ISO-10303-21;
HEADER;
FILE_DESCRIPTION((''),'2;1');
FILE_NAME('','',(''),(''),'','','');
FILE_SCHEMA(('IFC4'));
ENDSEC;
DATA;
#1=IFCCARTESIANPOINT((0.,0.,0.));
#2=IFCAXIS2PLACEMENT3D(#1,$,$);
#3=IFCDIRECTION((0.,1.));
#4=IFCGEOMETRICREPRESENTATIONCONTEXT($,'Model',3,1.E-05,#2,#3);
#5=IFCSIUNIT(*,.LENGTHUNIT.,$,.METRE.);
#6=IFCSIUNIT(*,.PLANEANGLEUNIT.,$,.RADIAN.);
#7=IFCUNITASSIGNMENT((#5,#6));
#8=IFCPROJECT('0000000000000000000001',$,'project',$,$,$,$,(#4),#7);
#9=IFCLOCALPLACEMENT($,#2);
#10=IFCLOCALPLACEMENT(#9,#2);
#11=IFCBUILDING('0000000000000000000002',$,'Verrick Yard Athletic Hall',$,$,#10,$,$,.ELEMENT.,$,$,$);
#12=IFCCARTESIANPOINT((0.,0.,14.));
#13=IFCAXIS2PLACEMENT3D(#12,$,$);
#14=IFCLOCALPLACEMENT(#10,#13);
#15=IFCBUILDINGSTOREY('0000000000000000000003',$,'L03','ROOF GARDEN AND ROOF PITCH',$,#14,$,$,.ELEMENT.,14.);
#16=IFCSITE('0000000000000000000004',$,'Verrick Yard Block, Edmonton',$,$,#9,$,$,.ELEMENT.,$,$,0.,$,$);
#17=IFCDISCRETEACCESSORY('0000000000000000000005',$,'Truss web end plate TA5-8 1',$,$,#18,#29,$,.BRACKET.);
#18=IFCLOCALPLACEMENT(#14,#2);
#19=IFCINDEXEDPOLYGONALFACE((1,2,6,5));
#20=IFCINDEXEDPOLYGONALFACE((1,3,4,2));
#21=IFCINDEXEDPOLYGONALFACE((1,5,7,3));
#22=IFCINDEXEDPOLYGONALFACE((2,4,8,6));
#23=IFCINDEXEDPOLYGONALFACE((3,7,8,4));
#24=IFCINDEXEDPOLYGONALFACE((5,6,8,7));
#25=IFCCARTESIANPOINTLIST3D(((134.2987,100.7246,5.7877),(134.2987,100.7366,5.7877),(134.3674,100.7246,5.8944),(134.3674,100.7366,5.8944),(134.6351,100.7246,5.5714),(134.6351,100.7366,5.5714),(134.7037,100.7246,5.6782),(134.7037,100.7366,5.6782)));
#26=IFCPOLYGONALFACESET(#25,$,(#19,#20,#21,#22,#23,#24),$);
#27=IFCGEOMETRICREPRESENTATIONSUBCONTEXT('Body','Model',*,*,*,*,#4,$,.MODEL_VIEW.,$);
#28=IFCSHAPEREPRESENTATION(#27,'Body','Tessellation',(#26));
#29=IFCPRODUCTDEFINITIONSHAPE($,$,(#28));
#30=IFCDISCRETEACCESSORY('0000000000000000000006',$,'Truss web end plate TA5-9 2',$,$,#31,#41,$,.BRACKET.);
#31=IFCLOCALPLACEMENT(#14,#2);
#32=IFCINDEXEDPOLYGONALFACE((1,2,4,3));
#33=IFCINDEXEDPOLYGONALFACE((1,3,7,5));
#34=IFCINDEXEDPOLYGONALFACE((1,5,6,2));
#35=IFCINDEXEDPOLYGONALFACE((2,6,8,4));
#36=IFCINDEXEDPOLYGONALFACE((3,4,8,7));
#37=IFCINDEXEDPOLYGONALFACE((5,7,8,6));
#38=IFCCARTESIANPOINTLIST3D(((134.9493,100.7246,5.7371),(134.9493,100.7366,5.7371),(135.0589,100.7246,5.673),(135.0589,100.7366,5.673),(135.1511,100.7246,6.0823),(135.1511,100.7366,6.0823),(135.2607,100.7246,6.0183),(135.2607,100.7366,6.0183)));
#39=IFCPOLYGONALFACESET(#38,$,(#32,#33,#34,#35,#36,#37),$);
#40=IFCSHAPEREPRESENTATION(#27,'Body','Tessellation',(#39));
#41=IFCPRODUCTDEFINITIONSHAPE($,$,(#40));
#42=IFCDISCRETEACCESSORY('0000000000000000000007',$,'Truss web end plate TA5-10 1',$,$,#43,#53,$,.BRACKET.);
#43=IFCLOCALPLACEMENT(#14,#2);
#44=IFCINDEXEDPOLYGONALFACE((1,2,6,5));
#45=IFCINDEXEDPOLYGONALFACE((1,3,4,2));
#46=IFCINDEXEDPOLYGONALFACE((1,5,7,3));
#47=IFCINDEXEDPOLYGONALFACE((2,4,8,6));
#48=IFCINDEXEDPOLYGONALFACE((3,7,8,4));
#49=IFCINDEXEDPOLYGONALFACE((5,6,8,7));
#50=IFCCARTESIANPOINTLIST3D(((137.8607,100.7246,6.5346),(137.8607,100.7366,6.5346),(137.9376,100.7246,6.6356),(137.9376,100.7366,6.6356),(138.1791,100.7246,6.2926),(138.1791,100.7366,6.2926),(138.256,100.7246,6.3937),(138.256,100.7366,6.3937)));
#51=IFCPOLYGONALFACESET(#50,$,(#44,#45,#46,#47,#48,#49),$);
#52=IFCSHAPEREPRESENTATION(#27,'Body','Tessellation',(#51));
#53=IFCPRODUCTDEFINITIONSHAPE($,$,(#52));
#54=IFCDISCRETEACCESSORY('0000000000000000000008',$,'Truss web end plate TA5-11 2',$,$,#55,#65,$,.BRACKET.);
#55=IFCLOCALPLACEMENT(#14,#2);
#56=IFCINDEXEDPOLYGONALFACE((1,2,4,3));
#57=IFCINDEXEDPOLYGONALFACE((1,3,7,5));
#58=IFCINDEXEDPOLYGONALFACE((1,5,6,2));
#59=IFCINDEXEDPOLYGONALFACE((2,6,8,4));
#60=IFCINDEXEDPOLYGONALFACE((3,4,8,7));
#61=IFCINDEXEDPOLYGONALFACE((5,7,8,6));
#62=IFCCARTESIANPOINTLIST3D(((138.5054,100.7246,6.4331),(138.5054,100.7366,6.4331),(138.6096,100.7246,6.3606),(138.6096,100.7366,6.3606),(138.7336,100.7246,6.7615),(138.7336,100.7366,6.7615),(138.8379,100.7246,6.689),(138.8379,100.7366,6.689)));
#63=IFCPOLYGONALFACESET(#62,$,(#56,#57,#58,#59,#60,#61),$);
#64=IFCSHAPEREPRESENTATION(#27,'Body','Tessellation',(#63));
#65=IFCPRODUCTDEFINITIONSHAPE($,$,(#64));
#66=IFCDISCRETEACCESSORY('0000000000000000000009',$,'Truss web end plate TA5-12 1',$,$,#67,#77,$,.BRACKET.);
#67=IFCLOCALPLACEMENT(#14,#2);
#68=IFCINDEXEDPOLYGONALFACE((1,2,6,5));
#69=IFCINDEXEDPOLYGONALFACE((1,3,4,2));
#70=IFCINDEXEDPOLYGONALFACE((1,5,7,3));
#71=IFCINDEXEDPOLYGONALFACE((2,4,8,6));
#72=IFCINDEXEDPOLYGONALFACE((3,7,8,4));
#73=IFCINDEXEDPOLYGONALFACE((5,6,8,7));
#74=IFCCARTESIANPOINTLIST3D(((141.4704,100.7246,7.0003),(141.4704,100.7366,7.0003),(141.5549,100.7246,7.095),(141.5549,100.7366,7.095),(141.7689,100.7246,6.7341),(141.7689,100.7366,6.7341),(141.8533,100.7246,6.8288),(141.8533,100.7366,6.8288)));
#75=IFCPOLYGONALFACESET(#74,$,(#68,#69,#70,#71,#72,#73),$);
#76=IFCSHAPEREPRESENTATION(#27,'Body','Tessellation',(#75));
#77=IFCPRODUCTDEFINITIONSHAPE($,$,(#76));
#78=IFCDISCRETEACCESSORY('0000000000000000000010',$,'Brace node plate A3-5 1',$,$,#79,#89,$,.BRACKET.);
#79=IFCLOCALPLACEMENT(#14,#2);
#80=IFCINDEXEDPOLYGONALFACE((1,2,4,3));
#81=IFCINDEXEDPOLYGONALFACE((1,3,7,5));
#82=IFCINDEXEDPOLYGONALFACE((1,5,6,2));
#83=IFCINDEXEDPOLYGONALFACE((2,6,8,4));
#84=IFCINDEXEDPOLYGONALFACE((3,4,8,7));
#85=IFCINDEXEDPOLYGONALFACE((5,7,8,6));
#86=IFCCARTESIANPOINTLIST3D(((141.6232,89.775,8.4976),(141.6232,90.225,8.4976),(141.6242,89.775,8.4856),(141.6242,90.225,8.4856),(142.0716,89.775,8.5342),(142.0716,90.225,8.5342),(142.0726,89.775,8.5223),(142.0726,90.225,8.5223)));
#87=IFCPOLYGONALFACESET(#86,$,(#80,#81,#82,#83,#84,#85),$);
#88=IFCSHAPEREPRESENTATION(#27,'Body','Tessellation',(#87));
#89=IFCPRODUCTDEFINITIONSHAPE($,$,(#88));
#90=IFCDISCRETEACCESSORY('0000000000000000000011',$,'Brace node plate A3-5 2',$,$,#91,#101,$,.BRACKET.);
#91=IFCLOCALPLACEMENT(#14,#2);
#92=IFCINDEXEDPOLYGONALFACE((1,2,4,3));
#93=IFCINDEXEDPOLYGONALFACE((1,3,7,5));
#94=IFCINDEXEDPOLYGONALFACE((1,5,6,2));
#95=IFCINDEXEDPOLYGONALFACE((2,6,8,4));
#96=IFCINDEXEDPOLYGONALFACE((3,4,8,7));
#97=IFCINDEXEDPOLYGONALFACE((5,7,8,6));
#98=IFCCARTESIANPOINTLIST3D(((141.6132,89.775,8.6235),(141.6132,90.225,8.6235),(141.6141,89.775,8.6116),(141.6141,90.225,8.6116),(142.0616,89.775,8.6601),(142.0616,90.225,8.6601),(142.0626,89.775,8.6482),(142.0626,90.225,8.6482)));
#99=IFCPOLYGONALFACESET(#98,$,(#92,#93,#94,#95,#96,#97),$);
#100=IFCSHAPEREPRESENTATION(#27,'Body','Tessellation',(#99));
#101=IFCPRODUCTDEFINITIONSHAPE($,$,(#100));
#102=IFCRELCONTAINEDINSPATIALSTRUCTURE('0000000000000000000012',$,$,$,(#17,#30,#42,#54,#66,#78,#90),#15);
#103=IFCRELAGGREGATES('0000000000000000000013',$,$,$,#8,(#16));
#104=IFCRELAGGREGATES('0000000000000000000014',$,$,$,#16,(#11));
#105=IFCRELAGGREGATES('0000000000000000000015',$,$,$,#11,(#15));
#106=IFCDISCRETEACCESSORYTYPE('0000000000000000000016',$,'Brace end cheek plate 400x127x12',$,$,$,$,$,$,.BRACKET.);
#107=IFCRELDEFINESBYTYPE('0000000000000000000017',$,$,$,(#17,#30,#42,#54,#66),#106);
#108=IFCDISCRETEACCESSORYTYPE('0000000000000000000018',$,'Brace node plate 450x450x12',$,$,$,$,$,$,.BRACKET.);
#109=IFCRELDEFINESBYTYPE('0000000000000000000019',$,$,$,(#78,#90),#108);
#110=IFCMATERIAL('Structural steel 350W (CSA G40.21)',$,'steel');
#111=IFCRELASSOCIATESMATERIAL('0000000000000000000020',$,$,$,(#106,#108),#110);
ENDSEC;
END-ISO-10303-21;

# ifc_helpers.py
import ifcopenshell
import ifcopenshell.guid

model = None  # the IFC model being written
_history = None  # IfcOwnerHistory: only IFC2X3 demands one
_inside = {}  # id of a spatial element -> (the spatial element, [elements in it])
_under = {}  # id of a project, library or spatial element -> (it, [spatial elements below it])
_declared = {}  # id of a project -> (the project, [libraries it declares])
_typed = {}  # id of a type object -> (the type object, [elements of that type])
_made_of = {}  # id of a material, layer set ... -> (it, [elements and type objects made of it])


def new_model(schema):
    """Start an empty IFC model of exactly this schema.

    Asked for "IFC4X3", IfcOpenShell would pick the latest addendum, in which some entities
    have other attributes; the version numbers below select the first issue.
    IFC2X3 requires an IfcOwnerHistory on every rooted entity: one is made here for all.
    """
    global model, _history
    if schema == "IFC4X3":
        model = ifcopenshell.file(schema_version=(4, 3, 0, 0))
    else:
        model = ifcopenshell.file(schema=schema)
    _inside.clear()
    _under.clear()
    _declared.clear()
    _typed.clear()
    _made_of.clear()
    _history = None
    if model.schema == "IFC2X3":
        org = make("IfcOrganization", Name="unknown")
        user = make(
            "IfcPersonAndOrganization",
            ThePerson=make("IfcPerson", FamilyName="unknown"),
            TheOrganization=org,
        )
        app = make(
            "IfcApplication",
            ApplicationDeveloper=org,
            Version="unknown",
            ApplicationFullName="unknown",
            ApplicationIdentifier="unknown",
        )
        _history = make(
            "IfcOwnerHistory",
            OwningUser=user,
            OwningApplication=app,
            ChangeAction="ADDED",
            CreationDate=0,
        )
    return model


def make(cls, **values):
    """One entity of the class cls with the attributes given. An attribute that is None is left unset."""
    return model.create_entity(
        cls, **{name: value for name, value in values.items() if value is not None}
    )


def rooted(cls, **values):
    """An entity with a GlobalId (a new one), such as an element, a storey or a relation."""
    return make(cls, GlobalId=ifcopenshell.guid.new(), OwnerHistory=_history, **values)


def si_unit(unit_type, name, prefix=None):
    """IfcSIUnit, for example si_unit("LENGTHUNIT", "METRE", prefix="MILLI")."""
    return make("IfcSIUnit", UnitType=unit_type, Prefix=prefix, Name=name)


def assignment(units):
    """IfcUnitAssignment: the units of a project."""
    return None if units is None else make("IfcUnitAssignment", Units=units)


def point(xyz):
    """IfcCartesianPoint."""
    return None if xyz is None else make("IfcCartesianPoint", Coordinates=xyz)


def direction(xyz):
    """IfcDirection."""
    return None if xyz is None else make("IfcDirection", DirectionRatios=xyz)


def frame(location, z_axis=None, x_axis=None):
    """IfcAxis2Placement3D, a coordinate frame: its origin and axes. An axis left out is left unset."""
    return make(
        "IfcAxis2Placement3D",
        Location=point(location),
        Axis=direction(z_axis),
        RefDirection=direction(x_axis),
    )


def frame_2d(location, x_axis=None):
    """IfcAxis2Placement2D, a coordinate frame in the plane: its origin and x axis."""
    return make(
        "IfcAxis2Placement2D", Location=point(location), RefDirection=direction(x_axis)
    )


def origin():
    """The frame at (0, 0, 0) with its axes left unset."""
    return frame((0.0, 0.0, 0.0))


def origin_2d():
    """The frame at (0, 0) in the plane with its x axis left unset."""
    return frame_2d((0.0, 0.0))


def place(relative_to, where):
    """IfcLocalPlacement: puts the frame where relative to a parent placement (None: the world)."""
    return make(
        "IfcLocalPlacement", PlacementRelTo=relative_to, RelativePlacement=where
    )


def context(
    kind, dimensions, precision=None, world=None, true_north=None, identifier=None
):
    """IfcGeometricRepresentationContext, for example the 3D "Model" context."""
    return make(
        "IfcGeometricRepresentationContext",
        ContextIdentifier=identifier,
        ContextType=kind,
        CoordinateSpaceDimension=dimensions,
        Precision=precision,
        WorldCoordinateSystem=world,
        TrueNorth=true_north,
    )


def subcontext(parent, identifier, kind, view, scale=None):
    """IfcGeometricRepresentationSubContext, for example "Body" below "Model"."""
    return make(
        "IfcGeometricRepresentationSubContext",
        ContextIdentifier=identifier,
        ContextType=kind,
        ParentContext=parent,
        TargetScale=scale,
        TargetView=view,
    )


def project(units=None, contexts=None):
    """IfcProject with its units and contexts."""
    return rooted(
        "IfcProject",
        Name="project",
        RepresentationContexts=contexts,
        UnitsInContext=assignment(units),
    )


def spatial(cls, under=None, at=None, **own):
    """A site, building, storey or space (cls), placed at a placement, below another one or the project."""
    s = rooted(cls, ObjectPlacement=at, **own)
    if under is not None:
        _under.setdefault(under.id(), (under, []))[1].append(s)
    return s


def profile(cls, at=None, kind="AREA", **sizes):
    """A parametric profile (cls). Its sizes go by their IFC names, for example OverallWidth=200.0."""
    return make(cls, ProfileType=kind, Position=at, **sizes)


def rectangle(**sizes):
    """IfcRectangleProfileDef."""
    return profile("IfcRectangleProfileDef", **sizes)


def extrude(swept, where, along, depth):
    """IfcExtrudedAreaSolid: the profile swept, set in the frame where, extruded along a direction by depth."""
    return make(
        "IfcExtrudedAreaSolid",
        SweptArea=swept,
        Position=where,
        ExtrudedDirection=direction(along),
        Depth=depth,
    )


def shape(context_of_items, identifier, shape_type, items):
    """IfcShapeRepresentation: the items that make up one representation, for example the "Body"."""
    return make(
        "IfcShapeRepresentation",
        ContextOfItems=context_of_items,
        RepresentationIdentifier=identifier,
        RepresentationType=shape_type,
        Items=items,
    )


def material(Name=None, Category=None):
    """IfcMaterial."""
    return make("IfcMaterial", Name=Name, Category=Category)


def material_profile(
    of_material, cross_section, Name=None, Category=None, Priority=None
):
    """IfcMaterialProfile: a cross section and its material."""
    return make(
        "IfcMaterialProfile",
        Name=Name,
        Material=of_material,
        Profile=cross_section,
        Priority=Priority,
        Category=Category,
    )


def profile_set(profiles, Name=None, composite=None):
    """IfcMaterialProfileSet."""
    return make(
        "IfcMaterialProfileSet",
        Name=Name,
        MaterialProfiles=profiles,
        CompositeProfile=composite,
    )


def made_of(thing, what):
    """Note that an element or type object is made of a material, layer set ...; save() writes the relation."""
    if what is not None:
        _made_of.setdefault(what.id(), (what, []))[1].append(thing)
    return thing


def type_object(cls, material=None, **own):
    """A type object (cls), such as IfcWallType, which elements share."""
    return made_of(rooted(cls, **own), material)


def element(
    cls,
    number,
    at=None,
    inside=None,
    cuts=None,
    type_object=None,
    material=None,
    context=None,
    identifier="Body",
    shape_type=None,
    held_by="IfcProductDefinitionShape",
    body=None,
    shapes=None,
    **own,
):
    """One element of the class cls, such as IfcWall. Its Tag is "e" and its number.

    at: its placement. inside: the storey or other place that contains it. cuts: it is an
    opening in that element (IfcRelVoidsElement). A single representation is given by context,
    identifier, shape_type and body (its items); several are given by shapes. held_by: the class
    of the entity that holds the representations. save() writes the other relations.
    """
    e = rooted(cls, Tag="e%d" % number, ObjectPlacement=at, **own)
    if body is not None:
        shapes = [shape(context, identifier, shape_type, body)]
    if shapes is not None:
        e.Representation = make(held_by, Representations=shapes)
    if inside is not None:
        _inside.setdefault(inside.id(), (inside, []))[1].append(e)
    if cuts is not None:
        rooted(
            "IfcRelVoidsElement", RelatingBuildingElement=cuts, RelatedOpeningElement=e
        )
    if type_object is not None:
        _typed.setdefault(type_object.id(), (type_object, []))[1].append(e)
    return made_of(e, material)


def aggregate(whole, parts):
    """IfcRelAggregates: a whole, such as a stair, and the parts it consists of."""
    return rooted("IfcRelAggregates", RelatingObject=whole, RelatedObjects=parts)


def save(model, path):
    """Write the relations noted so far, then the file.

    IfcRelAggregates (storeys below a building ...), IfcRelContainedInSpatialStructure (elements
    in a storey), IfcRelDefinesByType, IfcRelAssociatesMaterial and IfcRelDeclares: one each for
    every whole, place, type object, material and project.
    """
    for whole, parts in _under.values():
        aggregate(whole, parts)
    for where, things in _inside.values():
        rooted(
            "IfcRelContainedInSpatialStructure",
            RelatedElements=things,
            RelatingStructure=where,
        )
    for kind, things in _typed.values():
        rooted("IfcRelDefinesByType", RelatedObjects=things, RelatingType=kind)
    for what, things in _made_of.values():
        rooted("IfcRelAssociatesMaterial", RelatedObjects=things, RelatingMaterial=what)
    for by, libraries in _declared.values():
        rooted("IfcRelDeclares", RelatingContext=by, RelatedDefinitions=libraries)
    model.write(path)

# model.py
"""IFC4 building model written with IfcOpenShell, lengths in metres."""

from ifc_helpers import new_model, si_unit, direction, frame, origin, origin_2d, place, context, subcontext, project, spatial, rectangle, extrude, material, material_profile, profile_set, type_object, element, save


model = new_model("IFC4")

# Units and contexts
model_context = context("Model", 3, precision=1e-05, world=origin(), true_north=direction((0.0, 1.0)))
body_context = subcontext(model_context, "Body", "Model", "MODEL_VIEW")
ifc_project = project(units=[si_unit("LENGTHUNIT", "METRE"), si_unit("PLANEANGLEUNIT", "RADIAN")], contexts=[model_context])

# Site, building, storey
site_placement = place(None, origin())
site = spatial("IfcSite", under=ifc_project, at=site_placement, Name="Verrick Yard Block, Edmonton", CompositionType="ELEMENT", RefElevation=0.0)
building_placement = place(site_placement, origin())
building = spatial("IfcBuilding", under=site, at=building_placement, Name="Verrick Yard Athletic Hall", CompositionType="ELEMENT")
storey_placement = place(building_placement, frame((0.0, 0.0, 14.0)))
storey = spatial("IfcBuildingStorey", under=building, at=storey_placement, Name="L03", Description="ROOF GARDEN AND ROOF PITCH", CompositionType="ELEMENT", Elevation=14.0)

# Discrete accessories
ifc_material_1 = material(Name="Structural steel 350W (CSA G40.21)", Category="steel")
ifc_material_profile_1 = material_profile(ifc_material_1, rectangle(XDim=0.3999, YDim=0.127, at=origin_2d()), Name="Brace end cheek plate")
ifc_profile_set_1 = profile_set([ifc_material_profile_1], Name="Structural steel 350W (CSA G40.21)")
discrete_accessory_type_1 = type_object("IfcDiscreteAccessoryType", Name="Brace end cheek plate 400x127x12", PredefinedType="BRACKET", material=ifc_profile_set_1)
for number, where, z_axis, x_axis, name in (
    (1, (134.5012, 100.7366, 5.7329), (0.0, -1.0, 0.0), (-0.841141, 0.0, 0.540816), "Truss web end plate TA5-8 1"),
    (2, (135.105, 100.7366, 5.8777), (0.0, -1.0, 0.0), (0.504597, 0.0, 0.863355), "Truss web end plate TA5-9 2"),
    (3, (138.0583, 100.7366, 6.4641), (0.0, -1.0, 0.0), (-0.796193, 0.0, 0.605042), "Truss web end plate TA5-10 1"),
    (4, (138.6716, 100.7366, 6.561), (0.0, -1.0, 0.0), (0.570674, 0.0, 0.821176), "Truss web end plate TA5-11 2"),
    (5, (141.6619, 100.7366, 6.9146), (0.0, -1.0, 0.0), (-0.746352, 0.0, 0.665551), "Truss web end plate TA5-12 1"),
):
    element("IfcDiscreteAccessory", number, at=place(storey_placement, frame(where, z_axis=z_axis, x_axis=x_axis)), inside=storey, type_object=discrete_accessory_type_1, Name=name, PredefinedType="BRACKET", context=body_context, shape_type="SweptSolid", body=[
        extrude(rectangle(XDim=0.3999, YDim=0.127, at=origin_2d()), origin(), (0.0, 0.0, 1.0), 0.012),
    ])
ifc_material_profile_2 = material_profile(ifc_material_1, rectangle(XDim=0.45, YDim=0.45, at=origin_2d()), Name="Brace node plate")
ifc_profile_set_2 = profile_set([ifc_material_profile_2], Name="Structural steel 350W (CSA G40.21)")
discrete_accessory_type_2 = type_object("IfcDiscreteAccessoryType", Name="Brace node plate 450x450x12", PredefinedType="BRACKET", material=ifc_profile_set_2)
for number, where, z_axis, x_axis, name in (
    (6, (141.8474, 90.0, 8.5159), (0.081362, 0.0, -0.996685), (0.0, 1.0, 0.0), "Brace node plate A3-5 1"),
    (7, (141.8384, 90.0, 8.6299), (-0.081362, 0.0, 0.996685), (0.0, -1.0, 0.0), "Brace node plate A3-5 2"),
):
    element("IfcDiscreteAccessory", number, at=place(storey_placement, frame(where, z_axis=z_axis, x_axis=x_axis)), inside=storey, type_object=discrete_accessory_type_2, Name=name, PredefinedType="BRACKET", context=body_context, shape_type="SweptSolid", body=[
        extrude(rectangle(XDim=0.45, YDim=0.45, at=origin_2d()), origin(), (0.0, 0.0, 1.0), 0.012),
    ])

save(model, "model.ifc")
